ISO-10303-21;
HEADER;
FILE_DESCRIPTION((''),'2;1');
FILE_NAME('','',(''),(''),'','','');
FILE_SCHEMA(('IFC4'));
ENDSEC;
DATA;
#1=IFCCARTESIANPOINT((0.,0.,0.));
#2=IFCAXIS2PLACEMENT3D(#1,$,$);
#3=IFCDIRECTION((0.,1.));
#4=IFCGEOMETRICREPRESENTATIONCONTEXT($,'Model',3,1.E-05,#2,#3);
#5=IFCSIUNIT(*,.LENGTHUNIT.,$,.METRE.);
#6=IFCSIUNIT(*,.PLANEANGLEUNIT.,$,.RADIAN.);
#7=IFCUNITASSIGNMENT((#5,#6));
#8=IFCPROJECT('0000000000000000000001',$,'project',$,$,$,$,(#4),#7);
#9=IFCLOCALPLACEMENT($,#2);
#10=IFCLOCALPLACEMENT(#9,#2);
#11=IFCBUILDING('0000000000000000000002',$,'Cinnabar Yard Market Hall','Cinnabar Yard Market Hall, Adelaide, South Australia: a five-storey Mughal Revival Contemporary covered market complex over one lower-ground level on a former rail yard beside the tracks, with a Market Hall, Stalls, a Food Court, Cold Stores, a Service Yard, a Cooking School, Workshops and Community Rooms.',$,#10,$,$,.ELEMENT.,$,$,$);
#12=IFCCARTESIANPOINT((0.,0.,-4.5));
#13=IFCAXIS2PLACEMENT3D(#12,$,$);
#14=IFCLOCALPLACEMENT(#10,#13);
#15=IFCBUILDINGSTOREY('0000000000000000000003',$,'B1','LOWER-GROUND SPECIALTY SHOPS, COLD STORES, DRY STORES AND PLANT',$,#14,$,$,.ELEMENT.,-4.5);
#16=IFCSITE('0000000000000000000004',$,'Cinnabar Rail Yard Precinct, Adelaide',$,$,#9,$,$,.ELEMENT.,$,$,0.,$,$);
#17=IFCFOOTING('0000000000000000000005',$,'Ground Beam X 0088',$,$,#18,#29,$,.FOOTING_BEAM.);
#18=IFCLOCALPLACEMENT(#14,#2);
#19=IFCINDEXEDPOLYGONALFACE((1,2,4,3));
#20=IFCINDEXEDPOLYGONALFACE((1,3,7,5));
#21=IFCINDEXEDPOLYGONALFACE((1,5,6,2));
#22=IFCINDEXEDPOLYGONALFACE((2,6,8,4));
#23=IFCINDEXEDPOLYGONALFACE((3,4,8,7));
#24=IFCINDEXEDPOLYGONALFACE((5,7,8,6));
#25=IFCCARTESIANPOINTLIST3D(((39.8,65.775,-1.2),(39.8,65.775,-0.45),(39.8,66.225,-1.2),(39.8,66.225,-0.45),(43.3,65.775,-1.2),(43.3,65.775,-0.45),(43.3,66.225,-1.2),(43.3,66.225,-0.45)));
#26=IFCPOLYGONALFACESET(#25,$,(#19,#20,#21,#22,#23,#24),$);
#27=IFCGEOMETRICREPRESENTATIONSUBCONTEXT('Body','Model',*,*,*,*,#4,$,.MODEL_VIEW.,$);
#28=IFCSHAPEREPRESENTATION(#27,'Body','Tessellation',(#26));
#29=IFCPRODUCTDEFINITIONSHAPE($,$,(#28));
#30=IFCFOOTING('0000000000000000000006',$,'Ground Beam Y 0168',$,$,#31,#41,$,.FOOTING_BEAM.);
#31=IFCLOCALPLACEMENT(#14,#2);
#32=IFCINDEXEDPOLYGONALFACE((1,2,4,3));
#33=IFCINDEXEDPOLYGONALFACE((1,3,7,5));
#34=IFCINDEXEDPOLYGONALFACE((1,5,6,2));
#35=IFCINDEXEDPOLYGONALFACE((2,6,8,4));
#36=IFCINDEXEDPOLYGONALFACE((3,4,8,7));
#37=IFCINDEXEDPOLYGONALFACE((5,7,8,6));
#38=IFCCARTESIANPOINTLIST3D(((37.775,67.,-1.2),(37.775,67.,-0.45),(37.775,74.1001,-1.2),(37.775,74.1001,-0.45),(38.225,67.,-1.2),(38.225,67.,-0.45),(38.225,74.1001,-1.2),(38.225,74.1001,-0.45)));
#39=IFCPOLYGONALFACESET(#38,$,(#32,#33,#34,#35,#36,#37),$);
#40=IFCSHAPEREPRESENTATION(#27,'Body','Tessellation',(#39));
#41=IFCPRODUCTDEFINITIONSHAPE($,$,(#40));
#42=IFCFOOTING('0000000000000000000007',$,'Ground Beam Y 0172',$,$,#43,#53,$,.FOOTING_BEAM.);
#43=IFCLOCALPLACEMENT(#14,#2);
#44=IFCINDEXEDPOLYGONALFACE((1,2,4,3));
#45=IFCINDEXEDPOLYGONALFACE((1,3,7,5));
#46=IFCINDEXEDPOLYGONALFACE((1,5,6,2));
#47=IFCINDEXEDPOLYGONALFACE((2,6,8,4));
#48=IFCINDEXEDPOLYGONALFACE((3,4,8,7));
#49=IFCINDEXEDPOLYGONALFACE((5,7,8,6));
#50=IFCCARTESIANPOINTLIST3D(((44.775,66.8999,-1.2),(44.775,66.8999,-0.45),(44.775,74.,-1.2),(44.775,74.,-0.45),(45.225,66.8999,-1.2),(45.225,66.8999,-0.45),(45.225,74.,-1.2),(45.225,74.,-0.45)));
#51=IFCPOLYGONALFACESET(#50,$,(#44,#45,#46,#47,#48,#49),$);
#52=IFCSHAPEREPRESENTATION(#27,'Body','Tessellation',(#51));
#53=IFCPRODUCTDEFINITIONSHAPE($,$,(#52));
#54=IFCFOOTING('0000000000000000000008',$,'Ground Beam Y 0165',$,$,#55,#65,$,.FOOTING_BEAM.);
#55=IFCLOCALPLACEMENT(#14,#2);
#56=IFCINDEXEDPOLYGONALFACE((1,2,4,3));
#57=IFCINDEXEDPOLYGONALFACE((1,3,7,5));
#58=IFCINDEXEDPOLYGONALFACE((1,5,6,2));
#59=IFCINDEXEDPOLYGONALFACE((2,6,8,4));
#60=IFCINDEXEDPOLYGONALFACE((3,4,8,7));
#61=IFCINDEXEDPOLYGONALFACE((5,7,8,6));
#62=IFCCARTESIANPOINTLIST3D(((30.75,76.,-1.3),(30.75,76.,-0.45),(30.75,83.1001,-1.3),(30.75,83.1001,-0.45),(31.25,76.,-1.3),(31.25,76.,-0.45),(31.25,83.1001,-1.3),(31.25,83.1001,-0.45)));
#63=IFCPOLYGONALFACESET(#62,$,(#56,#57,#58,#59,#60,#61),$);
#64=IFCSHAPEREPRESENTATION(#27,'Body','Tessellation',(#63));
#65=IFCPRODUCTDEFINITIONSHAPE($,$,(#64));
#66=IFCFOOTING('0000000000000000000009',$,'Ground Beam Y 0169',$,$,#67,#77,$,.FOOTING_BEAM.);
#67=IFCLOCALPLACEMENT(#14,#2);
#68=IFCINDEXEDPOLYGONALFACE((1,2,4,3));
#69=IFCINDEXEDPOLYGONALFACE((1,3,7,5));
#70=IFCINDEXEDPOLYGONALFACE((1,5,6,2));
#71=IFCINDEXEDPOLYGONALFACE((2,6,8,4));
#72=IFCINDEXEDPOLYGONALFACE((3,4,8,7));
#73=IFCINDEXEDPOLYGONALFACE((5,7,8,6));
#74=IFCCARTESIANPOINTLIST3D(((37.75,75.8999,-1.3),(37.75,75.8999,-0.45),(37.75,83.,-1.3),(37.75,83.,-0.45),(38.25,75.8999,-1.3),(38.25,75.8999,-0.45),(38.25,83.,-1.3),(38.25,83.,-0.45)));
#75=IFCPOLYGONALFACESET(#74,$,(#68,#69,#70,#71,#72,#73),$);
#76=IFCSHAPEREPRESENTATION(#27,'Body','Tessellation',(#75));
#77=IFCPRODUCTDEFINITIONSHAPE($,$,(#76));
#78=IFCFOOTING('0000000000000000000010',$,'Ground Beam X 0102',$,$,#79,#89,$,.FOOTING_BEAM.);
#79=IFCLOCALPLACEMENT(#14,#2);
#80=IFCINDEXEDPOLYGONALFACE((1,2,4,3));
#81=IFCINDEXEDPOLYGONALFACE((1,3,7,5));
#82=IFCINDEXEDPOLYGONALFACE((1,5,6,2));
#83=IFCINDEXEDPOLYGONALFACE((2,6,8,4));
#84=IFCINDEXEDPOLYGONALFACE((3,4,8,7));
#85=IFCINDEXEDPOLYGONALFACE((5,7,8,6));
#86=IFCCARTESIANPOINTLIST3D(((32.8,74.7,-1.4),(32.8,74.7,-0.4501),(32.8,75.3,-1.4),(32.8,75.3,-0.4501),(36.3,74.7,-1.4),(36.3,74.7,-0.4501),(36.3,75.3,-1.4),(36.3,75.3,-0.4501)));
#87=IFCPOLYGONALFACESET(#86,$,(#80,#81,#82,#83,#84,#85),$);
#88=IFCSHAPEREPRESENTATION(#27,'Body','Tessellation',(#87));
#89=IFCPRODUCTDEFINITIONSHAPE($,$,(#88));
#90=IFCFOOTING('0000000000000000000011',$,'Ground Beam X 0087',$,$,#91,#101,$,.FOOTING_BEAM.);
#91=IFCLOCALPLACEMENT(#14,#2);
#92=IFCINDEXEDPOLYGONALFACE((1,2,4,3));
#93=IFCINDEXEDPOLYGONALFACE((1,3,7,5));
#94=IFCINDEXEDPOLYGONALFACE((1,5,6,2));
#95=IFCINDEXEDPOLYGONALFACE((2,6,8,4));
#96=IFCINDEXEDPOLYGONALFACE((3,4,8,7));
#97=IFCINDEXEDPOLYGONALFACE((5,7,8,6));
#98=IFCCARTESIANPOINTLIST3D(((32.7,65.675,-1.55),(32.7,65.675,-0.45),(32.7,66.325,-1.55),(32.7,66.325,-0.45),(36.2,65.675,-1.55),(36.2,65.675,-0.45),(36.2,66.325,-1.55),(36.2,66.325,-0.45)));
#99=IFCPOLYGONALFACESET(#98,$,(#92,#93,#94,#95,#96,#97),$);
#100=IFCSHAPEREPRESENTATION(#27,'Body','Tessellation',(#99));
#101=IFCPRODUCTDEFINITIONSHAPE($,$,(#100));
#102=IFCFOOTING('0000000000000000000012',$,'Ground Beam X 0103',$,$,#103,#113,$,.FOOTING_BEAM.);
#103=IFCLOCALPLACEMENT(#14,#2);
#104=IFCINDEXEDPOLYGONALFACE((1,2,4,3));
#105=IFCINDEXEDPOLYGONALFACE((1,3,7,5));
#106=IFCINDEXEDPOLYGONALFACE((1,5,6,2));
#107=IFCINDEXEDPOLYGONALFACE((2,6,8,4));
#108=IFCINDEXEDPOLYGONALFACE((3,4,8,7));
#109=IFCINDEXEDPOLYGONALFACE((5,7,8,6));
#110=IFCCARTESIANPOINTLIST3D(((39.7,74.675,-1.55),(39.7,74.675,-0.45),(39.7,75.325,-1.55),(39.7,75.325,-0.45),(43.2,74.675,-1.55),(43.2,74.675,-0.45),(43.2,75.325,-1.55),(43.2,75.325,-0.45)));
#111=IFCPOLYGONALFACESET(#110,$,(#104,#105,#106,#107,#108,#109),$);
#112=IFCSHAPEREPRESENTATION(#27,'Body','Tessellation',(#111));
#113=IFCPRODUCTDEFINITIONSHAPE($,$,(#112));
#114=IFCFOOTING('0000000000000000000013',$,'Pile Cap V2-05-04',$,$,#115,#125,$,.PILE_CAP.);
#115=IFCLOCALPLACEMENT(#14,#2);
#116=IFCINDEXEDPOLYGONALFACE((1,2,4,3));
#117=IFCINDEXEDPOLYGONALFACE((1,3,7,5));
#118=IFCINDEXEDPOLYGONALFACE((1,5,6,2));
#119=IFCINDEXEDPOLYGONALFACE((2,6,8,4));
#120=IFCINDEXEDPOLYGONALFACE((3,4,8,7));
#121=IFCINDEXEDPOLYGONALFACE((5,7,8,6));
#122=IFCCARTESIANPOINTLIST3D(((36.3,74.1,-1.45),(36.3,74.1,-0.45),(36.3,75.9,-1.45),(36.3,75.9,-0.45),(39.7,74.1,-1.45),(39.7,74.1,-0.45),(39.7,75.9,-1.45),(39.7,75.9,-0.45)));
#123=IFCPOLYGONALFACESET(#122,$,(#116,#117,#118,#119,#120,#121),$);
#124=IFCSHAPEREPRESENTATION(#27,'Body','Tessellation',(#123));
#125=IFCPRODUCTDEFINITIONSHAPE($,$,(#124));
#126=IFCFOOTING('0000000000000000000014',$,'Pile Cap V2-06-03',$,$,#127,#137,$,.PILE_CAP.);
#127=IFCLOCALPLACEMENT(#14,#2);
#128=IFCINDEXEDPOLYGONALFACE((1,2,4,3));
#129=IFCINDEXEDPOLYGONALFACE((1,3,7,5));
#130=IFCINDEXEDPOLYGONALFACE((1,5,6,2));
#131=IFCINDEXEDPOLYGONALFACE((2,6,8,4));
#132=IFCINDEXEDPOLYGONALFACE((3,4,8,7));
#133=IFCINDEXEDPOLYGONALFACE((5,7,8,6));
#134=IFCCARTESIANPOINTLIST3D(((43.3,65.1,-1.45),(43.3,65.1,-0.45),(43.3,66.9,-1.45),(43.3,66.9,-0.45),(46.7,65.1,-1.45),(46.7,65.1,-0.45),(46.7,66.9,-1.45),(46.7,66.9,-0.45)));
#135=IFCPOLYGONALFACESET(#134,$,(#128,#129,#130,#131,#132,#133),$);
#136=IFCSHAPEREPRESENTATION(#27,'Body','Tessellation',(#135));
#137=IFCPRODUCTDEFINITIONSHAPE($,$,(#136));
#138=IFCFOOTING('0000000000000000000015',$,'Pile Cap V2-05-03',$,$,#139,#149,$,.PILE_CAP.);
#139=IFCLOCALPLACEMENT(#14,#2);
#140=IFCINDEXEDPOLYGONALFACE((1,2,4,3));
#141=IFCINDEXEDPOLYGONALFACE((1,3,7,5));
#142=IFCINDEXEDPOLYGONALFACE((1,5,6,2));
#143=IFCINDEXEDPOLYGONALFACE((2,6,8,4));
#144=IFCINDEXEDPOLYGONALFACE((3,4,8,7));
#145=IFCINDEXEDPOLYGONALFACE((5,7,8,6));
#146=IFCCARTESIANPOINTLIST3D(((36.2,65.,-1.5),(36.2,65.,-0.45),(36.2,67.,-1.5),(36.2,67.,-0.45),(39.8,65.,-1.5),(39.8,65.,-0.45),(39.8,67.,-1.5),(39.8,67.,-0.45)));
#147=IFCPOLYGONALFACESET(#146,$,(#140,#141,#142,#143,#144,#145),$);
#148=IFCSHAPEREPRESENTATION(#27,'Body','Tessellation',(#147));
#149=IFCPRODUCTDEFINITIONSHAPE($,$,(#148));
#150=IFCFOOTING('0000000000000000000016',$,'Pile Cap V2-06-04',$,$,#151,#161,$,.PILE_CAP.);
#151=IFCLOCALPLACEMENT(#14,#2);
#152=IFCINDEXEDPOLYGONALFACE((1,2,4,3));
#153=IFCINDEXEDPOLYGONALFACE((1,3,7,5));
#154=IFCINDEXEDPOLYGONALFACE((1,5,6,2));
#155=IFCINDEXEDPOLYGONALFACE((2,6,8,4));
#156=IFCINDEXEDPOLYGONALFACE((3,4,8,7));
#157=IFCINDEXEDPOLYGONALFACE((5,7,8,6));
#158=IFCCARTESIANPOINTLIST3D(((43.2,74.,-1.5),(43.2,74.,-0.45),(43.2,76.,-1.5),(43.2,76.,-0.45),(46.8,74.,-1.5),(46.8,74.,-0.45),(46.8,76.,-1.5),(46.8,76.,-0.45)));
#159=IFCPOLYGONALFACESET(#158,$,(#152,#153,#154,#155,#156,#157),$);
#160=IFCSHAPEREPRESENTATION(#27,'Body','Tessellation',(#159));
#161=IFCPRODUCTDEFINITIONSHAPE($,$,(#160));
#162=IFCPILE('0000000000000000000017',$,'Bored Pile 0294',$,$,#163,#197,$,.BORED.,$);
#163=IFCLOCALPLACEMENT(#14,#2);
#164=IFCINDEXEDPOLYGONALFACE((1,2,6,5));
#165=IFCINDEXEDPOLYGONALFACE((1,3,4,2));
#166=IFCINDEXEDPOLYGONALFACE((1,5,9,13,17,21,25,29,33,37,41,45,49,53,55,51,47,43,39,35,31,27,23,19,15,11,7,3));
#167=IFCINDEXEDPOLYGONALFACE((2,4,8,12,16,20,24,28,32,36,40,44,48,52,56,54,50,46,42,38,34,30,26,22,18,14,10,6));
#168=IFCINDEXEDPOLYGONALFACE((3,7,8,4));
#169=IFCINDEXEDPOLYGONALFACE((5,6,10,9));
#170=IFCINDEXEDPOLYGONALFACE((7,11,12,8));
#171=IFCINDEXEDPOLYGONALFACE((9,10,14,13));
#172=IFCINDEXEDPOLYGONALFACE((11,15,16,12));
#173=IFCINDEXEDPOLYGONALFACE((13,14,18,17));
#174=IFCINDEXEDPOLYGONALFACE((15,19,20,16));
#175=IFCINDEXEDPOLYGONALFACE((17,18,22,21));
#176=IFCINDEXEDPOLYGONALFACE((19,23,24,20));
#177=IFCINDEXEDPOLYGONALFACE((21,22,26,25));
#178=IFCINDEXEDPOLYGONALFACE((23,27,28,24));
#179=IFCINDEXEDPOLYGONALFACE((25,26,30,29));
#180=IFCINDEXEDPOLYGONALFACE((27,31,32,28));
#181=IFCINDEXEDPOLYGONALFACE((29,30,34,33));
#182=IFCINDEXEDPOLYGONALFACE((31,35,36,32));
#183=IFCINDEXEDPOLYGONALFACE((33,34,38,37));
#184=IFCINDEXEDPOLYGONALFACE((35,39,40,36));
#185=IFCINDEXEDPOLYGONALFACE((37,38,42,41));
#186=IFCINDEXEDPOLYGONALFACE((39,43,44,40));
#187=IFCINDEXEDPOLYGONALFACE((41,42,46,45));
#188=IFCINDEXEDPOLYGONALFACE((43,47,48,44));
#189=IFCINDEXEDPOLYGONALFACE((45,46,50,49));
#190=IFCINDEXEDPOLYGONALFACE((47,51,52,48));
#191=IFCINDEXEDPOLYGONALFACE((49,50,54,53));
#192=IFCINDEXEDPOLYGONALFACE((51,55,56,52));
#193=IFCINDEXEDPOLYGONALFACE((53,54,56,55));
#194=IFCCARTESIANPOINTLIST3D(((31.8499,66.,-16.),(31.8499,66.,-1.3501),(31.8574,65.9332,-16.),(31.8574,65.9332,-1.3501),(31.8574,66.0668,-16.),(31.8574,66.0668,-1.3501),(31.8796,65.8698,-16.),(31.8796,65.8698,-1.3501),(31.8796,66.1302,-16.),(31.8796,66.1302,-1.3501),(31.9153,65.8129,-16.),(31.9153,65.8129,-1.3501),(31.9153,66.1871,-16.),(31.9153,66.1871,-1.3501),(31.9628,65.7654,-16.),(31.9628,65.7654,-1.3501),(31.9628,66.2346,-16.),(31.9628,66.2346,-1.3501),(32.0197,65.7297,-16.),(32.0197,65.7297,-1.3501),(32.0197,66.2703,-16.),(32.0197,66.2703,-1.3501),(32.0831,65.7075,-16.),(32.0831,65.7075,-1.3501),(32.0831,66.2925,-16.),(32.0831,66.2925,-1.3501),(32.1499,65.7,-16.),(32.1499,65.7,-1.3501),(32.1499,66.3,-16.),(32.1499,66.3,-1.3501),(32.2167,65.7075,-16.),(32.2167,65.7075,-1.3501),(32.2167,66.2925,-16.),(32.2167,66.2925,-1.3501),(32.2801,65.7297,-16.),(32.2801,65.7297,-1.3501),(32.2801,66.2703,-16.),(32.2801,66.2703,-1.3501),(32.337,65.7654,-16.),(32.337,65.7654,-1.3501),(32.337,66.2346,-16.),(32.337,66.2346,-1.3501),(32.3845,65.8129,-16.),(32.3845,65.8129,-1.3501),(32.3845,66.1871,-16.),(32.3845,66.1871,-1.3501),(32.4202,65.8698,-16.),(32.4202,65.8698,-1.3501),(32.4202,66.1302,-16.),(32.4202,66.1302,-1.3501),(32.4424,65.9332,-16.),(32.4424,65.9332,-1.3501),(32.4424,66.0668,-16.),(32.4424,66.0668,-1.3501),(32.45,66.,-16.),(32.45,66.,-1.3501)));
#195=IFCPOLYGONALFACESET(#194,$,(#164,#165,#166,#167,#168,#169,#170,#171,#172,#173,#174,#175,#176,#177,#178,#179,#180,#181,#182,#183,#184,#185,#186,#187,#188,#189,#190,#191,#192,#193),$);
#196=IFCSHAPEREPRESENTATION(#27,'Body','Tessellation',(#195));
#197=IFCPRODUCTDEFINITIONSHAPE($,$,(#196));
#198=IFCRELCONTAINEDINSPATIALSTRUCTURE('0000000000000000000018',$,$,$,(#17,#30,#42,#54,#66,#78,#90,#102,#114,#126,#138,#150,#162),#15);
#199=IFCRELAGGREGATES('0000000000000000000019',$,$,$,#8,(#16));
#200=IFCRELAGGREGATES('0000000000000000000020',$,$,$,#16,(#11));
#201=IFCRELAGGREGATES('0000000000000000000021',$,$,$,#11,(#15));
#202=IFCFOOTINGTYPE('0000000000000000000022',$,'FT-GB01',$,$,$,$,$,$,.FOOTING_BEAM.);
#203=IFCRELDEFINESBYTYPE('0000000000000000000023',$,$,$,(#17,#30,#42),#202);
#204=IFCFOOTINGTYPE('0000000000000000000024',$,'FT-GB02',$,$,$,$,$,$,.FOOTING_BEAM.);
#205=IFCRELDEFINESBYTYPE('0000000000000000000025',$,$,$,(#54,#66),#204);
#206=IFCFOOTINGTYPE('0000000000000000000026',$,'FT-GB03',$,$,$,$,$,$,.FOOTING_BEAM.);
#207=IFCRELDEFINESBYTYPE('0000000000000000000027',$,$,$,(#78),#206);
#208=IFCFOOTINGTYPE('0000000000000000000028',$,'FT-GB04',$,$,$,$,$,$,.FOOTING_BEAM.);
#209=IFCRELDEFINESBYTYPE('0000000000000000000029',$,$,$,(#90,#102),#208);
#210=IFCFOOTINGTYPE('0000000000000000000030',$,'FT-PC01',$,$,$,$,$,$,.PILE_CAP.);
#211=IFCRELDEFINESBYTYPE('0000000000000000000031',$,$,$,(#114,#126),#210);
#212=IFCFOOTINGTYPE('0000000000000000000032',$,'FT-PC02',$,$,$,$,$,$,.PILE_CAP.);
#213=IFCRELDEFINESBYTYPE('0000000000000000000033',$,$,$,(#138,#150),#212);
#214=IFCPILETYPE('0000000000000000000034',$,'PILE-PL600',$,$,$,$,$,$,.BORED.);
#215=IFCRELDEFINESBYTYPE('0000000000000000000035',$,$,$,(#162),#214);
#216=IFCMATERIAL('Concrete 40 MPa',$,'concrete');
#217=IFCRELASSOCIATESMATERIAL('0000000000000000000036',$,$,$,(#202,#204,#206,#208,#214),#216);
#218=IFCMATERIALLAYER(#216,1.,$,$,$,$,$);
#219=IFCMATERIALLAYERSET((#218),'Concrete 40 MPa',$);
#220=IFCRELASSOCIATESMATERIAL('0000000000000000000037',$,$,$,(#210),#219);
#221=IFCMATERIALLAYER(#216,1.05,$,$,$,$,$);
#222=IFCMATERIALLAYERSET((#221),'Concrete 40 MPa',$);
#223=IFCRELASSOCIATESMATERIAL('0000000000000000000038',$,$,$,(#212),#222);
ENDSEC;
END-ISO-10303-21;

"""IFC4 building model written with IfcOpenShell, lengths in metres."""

from ifc_helpers import new_model, si_unit, direction, frame, origin, origin_2d_with_axis, place, context, subcontext, project, spatial, rectangle, circle, extrude, material, layer, layer_set, material_profile, profile_set, type_object, element, save


model = new_model("IFC4")

# Units and contexts
model_context = context("Model", 3, precision=1e-05, world=origin(), true_north=direction((0.0, 1.0)))
body_context = subcontext(model_context, "Body", "Model", "MODEL_VIEW")
ifc_project = project(units=[si_unit("LENGTHUNIT", "METRE"), si_unit("PLANEANGLEUNIT", "RADIAN")], contexts=[model_context])

# Site, building, storey
site_placement = place(None, origin())
site = spatial("IfcSite", under=ifc_project, at=site_placement, Name="Cinnabar Rail Yard Precinct, Adelaide", CompositionType="ELEMENT", RefElevation=0.0)
building_placement = place(site_placement, origin())
building = spatial("IfcBuilding", under=site, at=building_placement, Name="Cinnabar Yard Market Hall", Description="Cinnabar Yard Market Hall, Adelaide, South Australia: a five-storey Mughal Revival Contemporary covered market complex over one lower-ground level on a former rail yard beside the tracks, with a Market Hall, Stalls, a Food Court, Cold Stores, a Service Yard, a Cooking School, Workshops and Community Rooms.", CompositionType="ELEMENT")
storey_placement = place(building_placement, frame((0.0, 0.0, -4.5)))
storey = spatial("IfcBuildingStorey", under=building, at=storey_placement, Name="B1", Description="LOWER-GROUND SPECIALTY SHOPS, COLD STORES, DRY STORES AND PLANT", CompositionType="ELEMENT", Elevation=-4.5)

# Footings
ifc_material_1 = material(Name="Concrete 40 MPa", Category="concrete")
ifc_material_profile_1 = material_profile(ifc_material_1, rectangle(XDim=0.45, YDim=0.75, at=origin_2d_with_axis()), Name="GB-450x750")
ifc_profile_set_1 = profile_set([ifc_material_profile_1], Name="Concrete 40 MPa")
footing_type_1 = type_object("IfcFootingType", Name="FT-GB01", PredefinedType="FOOTING_BEAM", material=ifc_profile_set_1)
footing_1_placement = place(storey_placement, frame((39.8, 66.0, -0.825), z_axis=(1.0, 0.0, 0.0), x_axis=(0.0, 1.0, 0.0)))
element("IfcFooting", 1, at=footing_1_placement, inside=storey, type_object=footing_type_1, Name="Ground Beam X 0088", PredefinedType="FOOTING_BEAM", context=body_context, shape_type="SweptSolid", body=[
    extrude(rectangle(XDim=0.45, YDim=0.75, at=origin_2d_with_axis()), origin(), (0.0, 0.0, 1.0), 3.5),
])
for number, where, z_axis, x_axis, name in (
    (2, (38.0, 67.0, -0.825), (0.0, 1.0, 0.0), (-1.0, 0.0, 0.0), "Ground Beam Y 0168"),
    (3, (45.0, 66.8999, -0.825), (0.0, 1.0, 0.0), (-1.0, 0.0, 0.0), "Ground Beam Y 0172"),
):
    element("IfcFooting", number, at=place(storey_placement, frame(where, z_axis=z_axis, x_axis=x_axis)), inside=storey, type_object=footing_type_1, Name=name, PredefinedType="FOOTING_BEAM", context=body_context, shape_type="SweptSolid", body=[
        extrude(rectangle(XDim=0.45, YDim=0.75, at=origin_2d_with_axis()), origin(), (0.0, 0.0, 1.0), 7.1001),
    ])
ifc_material_profile_2 = material_profile(ifc_material_1, rectangle(XDim=0.5, YDim=0.8501, at=origin_2d_with_axis()), Name="GB-500x850")
ifc_profile_set_2 = profile_set([ifc_material_profile_2], Name="Concrete 40 MPa")
footing_type_2 = type_object("IfcFootingType", Name="FT-GB02", PredefinedType="FOOTING_BEAM", material=ifc_profile_set_2)
for number, where, z_axis, x_axis, name in (
    (4, (31.0, 76.0, -0.875), (0.0, 1.0, 0.0), (-1.0, 0.0, 0.0), "Ground Beam Y 0165"),
    (5, (38.0, 75.8999, -0.875), (0.0, 1.0, 0.0), (-1.0, 0.0, 0.0), "Ground Beam Y 0169"),
):
    element("IfcFooting", number, at=place(storey_placement, frame(where, z_axis=z_axis, x_axis=x_axis)), inside=storey, type_object=footing_type_2, Name=name, PredefinedType="FOOTING_BEAM", context=body_context, shape_type="SweptSolid", body=[
        extrude(rectangle(XDim=0.5, YDim=0.8501, at=origin_2d_with_axis()), origin(), (0.0, 0.0, 1.0), 7.1001),
    ])
ifc_material_profile_3 = material_profile(ifc_material_1, rectangle(XDim=0.6001, YDim=0.95, at=origin_2d_with_axis()), Name="GB-600x950")
ifc_profile_set_3 = profile_set([ifc_material_profile_3], Name="Concrete 40 MPa")
footing_type_3 = type_object("IfcFootingType", Name="FT-GB03", PredefinedType="FOOTING_BEAM", material=ifc_profile_set_3)
footing_2_placement = place(storey_placement, frame((32.8, 75.0, -0.925), z_axis=(1.0, 0.0, 0.0), x_axis=(0.0, 1.0, 0.0)))
element("IfcFooting", 6, at=footing_2_placement, inside=storey, type_object=footing_type_3, Name="Ground Beam X 0102", PredefinedType="FOOTING_BEAM", context=body_context, shape_type="SweptSolid", body=[
    extrude(rectangle(XDim=0.6001, YDim=0.95, at=origin_2d_with_axis()), origin(), (0.0, 0.0, 1.0), 3.5),
])
ifc_material_profile_4 = material_profile(ifc_material_1, rectangle(XDim=0.6499, YDim=1.1001, at=origin_2d_with_axis()), Name="GB-650x1100")
ifc_profile_set_4 = profile_set([ifc_material_profile_4], Name="Concrete 40 MPa")
footing_type_4 = type_object("IfcFootingType", Name="FT-GB04", PredefinedType="FOOTING_BEAM", material=ifc_profile_set_4)
for number, where, z_axis, x_axis, name in (
    (7, (32.7, 66.0, -1.0), (1.0, 0.0, 0.0), (0.0, 1.0, 0.0), "Ground Beam X 0087"),
    (8, (39.7, 75.0, -1.0), (1.0, 0.0, 0.0), (0.0, 1.0, 0.0), "Ground Beam X 0103"),
):
    element("IfcFooting", number, at=place(storey_placement, frame(where, z_axis=z_axis, x_axis=x_axis)), inside=storey, type_object=footing_type_4, Name=name, PredefinedType="FOOTING_BEAM", context=body_context, shape_type="SweptSolid", body=[
        extrude(rectangle(XDim=0.6499, YDim=1.1001, at=origin_2d_with_axis()), origin(), (0.0, 0.0, 1.0), 3.5),
    ])
ifc_layer_1 = layer(ifc_material_1, 1.0)
ifc_layer_set_1 = layer_set([ifc_layer_1], Name="Concrete 40 MPa")
footing_type_5 = type_object("IfcFootingType", Name="FT-PC01", PredefinedType="PILE_CAP", material=ifc_layer_set_1)
for number, where, z_axis, x_axis, name in (
    (9, (38.0, 75.0, -1.45), (0.0, 0.0, 1.0), (1.0, 0.0, 0.0), "Pile Cap V2-05-04"),
    (10, (45.0, 66.0, -1.45), (0.0, 0.0, 1.0), (1.0, 0.0, 0.0), "Pile Cap V2-06-03"),
):
    element("IfcFooting", number, at=place(storey_placement, frame(where, z_axis=z_axis, x_axis=x_axis)), inside=storey, type_object=footing_type_5, Name=name, PredefinedType="PILE_CAP", context=body_context, shape_type="SweptSolid", body=[
        extrude(rectangle(XDim=3.3999, YDim=1.8, at=origin_2d_with_axis()), origin(), (0.0, 0.0, 1.0), 1.0),
    ])
ifc_layer_2 = layer(ifc_material_1, 1.05)
ifc_layer_set_2 = layer_set([ifc_layer_2], Name="Concrete 40 MPa")
footing_type_6 = type_object("IfcFootingType", Name="FT-PC02", PredefinedType="PILE_CAP", material=ifc_layer_set_2)
for number, where, z_axis, x_axis, name in (
    (11, (38.0, 66.0, -1.5), (0.0, 0.0, 1.0), (1.0, 0.0, 0.0), "Pile Cap V2-05-03"),
    (12, (45.0, 75.0, -1.5), (0.0, 0.0, 1.0), (1.0, 0.0, 0.0), "Pile Cap V2-06-04"),
):
    element("IfcFooting", number, at=place(storey_placement, frame(where, z_axis=z_axis, x_axis=x_axis)), inside=storey, type_object=footing_type_6, Name=name, PredefinedType="PILE_CAP", context=body_context, shape_type="SweptSolid", body=[
        extrude(rectangle(XDim=3.6001, YDim=2.0, at=origin_2d_with_axis()), origin(), (0.0, 0.0, 1.0), 1.05),
    ])

# Pile
ifc_material_profile_5 = material_profile(ifc_material_1, circle(Radius=0.3, at=origin_2d_with_axis()), Name="PILE-D600")
ifc_profile_set_5 = profile_set([ifc_material_profile_5], Name="Concrete 40 MPa")
pile_type_1 = type_object("IfcPileType", Name="PILE-PL600", PredefinedType="BORED", material=ifc_profile_set_5)
for number, where, z_axis, x_axis, name in (
    (13, (32.1499, 66.0, -1.3501), (0.0, 0.0, -1.0), (1.0, 0.0, 0.0), "Bored Pile 0294"),
):
    element("IfcPile", number, at=place(storey_placement, frame(where, z_axis=z_axis, x_axis=x_axis)), inside=storey, type_object=pile_type_1, Name=name, PredefinedType="BORED", context=body_context, shape_type="SweptSolid", body=[
        extrude(circle(Radius=0.3, at=origin_2d_with_axis()), origin(), (0.0, 0.0, 1.0), 14.6499),
    ])

save(model, "model.ifc")
